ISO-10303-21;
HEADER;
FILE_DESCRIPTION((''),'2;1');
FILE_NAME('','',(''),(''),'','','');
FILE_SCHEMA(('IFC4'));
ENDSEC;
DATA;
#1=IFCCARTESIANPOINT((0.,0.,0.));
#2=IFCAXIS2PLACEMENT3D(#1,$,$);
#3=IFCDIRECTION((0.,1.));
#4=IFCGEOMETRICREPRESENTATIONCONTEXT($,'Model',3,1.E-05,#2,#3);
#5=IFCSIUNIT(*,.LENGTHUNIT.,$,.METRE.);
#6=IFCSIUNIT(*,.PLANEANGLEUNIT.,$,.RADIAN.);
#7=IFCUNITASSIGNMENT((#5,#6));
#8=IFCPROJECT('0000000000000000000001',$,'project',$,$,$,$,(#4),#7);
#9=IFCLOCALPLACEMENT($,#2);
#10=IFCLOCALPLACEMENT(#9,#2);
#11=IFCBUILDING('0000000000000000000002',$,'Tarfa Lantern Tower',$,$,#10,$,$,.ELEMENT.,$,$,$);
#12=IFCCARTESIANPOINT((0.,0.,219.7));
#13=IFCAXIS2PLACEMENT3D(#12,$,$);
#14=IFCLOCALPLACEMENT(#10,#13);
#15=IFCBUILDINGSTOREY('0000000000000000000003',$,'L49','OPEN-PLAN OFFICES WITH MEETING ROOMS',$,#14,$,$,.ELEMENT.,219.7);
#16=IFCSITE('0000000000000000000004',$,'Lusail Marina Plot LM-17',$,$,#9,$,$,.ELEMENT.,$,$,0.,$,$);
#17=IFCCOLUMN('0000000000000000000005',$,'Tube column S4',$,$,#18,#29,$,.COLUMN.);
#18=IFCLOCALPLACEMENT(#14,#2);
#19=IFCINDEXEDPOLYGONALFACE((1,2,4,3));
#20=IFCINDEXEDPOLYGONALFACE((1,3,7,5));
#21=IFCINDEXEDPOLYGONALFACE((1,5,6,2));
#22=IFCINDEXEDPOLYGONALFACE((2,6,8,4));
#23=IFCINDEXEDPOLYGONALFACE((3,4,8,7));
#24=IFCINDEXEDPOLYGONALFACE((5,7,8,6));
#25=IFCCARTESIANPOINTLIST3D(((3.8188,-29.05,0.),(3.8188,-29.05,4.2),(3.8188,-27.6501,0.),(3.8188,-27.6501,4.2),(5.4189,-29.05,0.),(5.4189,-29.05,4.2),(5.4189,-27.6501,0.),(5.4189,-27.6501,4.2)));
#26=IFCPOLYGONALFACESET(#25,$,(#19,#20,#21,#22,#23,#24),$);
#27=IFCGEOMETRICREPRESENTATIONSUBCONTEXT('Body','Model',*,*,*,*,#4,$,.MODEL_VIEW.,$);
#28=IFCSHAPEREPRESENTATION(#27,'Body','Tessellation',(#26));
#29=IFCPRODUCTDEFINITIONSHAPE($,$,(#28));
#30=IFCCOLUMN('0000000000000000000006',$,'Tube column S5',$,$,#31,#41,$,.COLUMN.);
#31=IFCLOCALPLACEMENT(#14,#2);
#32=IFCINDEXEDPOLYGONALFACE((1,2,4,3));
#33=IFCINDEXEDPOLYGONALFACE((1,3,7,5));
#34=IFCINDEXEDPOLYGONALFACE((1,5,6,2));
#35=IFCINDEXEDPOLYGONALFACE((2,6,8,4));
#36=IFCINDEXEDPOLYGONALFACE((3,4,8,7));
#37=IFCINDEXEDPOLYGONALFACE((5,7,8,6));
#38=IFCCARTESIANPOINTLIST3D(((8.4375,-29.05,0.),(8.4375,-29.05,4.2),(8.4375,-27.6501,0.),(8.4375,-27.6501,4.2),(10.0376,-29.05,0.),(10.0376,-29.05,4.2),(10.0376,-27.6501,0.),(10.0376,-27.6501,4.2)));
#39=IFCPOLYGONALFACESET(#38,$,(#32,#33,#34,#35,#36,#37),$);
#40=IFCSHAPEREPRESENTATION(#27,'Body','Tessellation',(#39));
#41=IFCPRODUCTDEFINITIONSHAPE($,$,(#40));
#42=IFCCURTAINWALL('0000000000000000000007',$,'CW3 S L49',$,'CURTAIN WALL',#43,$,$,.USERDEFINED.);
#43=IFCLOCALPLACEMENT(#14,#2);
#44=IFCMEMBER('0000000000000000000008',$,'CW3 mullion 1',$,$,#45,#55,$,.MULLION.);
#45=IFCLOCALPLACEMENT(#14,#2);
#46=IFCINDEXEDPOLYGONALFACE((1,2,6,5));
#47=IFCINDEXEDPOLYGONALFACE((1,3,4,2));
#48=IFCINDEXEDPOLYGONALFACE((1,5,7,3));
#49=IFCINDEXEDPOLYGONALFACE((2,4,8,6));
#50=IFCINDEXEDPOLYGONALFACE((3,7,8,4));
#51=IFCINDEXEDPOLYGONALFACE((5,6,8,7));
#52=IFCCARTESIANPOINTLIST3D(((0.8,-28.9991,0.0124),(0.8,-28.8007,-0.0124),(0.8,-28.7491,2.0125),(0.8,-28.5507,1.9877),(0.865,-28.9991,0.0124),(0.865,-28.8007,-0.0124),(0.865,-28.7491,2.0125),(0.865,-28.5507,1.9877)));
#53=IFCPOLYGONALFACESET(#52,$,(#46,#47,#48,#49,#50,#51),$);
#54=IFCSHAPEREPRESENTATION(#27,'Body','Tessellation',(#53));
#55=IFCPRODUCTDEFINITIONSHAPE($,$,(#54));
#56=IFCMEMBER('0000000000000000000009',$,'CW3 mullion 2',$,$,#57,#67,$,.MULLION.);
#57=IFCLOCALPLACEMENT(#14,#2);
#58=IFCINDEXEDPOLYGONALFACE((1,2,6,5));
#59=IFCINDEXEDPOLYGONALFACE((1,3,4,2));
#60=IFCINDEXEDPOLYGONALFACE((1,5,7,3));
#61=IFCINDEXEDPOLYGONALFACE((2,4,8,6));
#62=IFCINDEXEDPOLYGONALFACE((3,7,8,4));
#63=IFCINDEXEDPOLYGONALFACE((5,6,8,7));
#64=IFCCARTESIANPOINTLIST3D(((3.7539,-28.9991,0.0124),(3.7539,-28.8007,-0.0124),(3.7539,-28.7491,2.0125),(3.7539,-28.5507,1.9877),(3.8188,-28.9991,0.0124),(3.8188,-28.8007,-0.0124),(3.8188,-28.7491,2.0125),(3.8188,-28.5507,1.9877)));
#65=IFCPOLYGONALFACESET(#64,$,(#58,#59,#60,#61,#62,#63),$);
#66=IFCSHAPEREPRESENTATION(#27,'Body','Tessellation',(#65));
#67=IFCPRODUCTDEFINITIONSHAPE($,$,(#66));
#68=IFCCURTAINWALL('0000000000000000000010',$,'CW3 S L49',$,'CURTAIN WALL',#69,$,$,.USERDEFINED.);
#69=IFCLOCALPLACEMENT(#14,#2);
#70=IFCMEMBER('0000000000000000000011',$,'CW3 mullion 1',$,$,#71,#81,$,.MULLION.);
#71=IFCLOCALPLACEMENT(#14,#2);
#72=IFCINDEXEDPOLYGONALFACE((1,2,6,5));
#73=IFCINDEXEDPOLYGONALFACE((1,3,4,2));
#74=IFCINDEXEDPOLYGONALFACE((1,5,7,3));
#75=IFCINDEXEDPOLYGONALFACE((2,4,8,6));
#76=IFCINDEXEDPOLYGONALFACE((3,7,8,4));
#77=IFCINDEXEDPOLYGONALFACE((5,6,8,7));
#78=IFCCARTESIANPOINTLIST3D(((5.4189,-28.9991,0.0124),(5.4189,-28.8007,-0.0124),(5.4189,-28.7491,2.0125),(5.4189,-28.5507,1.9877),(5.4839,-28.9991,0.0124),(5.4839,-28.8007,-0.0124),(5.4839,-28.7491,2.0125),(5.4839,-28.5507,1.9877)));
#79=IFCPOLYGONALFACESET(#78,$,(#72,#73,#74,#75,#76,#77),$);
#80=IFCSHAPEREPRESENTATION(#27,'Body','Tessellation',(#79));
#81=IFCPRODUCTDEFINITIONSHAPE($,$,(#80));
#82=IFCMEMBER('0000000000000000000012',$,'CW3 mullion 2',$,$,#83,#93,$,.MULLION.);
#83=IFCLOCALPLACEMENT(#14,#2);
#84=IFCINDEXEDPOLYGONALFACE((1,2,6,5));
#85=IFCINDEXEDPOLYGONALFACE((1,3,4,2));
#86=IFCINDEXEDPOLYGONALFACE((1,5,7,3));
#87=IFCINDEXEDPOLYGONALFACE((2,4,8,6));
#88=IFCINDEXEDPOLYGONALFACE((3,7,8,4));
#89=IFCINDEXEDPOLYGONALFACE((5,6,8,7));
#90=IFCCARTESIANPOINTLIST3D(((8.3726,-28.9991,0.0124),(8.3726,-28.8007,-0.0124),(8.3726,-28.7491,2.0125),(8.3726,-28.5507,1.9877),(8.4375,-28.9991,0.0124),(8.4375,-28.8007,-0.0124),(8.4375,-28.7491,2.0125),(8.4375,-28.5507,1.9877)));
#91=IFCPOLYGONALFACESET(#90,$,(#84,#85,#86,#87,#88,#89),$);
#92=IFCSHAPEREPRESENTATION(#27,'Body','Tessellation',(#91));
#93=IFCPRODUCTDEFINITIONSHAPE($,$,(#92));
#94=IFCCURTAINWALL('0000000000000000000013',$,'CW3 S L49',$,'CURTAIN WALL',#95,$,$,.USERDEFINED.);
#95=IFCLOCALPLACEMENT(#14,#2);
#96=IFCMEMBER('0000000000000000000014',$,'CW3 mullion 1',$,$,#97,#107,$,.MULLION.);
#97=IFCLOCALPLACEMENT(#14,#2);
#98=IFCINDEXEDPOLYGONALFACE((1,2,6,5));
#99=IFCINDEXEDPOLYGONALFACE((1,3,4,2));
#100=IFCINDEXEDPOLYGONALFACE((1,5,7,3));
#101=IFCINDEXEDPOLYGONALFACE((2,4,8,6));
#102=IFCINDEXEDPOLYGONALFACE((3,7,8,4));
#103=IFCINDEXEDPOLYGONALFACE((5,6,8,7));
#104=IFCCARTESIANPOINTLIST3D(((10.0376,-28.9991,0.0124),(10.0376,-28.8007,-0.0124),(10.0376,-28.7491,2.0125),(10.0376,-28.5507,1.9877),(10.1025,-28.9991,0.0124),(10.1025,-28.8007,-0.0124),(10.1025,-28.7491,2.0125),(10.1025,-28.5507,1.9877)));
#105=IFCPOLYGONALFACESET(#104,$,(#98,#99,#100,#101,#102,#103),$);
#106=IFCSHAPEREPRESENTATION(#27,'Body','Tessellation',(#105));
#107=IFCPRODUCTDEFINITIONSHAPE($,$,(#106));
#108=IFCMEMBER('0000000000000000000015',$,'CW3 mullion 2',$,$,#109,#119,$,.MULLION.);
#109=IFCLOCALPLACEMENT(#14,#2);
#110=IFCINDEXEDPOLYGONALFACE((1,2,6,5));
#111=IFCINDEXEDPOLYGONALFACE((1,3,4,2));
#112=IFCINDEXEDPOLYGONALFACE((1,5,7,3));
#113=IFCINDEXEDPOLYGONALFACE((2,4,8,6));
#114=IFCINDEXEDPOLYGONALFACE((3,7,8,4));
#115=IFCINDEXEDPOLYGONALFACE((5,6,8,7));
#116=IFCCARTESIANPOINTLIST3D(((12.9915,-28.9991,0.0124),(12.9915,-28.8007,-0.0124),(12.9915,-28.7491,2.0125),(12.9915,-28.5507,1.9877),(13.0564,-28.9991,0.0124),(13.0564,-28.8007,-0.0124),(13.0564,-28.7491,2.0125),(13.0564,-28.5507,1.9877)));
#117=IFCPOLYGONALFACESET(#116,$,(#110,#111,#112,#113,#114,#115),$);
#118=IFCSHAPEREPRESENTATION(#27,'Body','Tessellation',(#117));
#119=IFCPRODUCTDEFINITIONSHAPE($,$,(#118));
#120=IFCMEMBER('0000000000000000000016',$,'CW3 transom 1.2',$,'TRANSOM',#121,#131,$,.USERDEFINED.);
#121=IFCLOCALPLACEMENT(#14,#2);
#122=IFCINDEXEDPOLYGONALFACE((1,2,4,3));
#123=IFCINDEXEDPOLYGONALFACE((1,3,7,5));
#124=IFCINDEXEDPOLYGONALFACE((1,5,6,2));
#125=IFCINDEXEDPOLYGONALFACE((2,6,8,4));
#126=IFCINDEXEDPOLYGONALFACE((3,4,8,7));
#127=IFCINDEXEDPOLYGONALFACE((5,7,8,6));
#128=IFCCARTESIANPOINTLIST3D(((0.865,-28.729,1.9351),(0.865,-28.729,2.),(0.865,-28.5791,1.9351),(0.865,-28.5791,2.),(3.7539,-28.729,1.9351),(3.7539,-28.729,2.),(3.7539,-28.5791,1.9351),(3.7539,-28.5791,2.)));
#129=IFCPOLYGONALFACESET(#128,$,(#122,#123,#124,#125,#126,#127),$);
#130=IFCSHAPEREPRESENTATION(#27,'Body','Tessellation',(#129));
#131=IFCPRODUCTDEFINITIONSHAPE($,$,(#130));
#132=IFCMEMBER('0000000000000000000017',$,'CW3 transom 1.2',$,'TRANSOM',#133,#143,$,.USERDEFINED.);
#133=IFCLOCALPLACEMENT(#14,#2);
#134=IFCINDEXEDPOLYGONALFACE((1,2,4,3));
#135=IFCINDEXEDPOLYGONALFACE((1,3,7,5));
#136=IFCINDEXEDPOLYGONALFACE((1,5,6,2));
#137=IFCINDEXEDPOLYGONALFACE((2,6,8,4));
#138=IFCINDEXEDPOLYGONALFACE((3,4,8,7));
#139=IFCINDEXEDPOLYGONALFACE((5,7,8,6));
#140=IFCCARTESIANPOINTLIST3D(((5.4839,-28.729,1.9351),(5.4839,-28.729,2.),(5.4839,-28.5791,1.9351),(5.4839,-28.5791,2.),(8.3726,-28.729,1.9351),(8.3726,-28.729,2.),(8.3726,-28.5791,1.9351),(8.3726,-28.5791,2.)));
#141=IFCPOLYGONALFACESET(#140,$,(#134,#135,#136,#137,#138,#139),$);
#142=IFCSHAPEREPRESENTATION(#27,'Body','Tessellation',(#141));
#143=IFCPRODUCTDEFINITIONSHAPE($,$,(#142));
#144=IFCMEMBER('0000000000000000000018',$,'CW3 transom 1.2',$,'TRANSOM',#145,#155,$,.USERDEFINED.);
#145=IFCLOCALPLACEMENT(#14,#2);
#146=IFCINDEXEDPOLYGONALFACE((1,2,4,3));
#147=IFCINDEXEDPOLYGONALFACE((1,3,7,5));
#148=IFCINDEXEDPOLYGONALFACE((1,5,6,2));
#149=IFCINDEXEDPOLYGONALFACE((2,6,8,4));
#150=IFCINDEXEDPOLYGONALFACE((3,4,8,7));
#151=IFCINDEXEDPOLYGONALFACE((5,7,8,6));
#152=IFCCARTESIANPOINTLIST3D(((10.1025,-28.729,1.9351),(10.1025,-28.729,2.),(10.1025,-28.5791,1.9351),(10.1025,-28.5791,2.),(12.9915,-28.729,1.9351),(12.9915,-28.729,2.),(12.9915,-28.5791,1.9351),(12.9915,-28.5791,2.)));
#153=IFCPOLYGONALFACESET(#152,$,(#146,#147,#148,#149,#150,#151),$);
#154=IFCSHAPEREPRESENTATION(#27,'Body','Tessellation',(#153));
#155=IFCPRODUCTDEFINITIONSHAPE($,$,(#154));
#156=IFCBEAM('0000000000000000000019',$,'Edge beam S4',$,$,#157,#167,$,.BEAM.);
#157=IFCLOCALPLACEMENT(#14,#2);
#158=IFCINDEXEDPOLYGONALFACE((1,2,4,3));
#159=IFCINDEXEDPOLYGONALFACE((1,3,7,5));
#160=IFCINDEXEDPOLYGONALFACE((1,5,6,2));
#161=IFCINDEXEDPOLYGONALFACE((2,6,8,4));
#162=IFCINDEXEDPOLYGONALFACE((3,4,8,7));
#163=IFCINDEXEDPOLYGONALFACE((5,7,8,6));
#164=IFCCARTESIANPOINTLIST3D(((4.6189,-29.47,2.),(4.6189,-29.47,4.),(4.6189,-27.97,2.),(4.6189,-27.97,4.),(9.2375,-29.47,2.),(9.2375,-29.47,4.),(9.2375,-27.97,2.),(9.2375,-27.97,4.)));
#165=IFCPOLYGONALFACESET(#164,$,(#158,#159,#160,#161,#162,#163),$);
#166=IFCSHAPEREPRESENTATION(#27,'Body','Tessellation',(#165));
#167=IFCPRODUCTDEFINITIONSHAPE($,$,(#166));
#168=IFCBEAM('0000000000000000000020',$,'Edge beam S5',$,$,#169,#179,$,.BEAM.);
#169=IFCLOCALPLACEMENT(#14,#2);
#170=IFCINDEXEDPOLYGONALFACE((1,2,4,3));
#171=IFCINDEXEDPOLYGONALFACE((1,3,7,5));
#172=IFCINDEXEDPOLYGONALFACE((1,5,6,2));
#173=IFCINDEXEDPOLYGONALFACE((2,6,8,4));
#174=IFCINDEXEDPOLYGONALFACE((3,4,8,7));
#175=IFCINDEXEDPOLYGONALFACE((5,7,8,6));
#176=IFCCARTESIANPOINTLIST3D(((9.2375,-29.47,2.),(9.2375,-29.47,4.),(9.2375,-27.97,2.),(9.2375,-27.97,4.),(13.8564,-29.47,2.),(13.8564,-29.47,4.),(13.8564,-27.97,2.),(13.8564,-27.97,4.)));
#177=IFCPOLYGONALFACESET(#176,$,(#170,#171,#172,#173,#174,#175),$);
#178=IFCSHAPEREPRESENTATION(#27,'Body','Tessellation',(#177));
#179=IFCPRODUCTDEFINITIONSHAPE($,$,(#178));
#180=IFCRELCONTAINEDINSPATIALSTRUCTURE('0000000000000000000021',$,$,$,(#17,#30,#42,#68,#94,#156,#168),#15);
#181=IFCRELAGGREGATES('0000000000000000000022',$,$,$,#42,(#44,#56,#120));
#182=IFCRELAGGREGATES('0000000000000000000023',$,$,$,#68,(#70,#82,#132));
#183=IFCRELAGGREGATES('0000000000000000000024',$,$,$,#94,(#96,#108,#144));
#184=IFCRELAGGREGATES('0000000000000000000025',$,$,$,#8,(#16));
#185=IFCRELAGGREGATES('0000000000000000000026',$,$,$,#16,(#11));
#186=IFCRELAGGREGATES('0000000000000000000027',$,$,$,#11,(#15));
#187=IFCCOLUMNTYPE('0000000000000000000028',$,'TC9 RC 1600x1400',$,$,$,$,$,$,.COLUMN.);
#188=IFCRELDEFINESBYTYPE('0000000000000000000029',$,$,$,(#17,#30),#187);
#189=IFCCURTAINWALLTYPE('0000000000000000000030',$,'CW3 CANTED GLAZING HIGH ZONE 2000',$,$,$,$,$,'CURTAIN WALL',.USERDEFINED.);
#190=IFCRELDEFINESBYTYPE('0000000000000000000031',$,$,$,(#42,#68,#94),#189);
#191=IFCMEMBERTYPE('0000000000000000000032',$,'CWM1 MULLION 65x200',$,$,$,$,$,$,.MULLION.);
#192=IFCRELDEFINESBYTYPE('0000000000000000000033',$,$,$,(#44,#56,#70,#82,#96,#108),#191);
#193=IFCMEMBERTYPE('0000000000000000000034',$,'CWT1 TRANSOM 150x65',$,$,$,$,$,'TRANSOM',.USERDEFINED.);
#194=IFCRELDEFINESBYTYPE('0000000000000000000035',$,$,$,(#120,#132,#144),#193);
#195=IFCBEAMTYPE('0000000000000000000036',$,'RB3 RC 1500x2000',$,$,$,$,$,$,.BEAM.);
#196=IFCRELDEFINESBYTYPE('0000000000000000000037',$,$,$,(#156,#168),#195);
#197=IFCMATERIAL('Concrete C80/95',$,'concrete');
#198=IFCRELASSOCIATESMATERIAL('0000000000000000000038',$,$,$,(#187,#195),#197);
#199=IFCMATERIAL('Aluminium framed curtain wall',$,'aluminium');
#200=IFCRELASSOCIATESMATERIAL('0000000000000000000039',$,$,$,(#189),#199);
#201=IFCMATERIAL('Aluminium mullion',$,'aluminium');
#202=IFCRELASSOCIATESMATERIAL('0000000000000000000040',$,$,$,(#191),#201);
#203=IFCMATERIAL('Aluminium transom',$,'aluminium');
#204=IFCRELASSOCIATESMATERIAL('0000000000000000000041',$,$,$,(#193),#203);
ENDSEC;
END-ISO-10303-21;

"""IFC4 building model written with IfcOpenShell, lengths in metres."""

from ifc_helpers import new_model, si_unit, direction, frame, origin, origin_2d, place, context, subcontext, project, spatial, rectangle, extrude, material, material_profile, profile_set, type_object, element, aggregate, save


model = new_model("IFC4")

# Units and contexts
model_context = context("Model", 3, precision=1e-05, world=origin(), true_north=direction((0.0, 1.0)))
body_context = subcontext(model_context, "Body", "Model", "MODEL_VIEW")
ifc_project = project(units=[si_unit("LENGTHUNIT", "METRE"), si_unit("PLANEANGLEUNIT", "RADIAN")], contexts=[model_context])

# Site, building, storey
site_placement = place(None, origin())
site = spatial("IfcSite", under=ifc_project, at=site_placement, Name="Lusail Marina Plot LM-17", CompositionType="ELEMENT", RefElevation=0.0)
building_placement = place(site_placement, origin())
building = spatial("IfcBuilding", under=site, at=building_placement, Name="Tarfa Lantern Tower", CompositionType="ELEMENT")
storey_placement = place(building_placement, frame((0.0, 0.0, 219.7)))
storey = spatial("IfcBuildingStorey", under=building, at=storey_placement, Name="L49", Description="OPEN-PLAN OFFICES WITH MEETING ROOMS", CompositionType="ELEMENT", Elevation=219.7)

# Columns
ifc_material_1 = material(Name="Concrete C80/95", Category="concrete")
ifc_material_profile_1 = material_profile(ifc_material_1, rectangle(XDim=1.6001, YDim=1.3999, at=origin_2d()), Name="RC 1600x1400")
ifc_profile_set_1 = profile_set([ifc_material_profile_1], Name="Concrete C80/95")
column_type = type_object("IfcColumnType", Name="TC9 RC 1600x1400", PredefinedType="COLUMN", material=ifc_profile_set_1)
for number, where, z_axis, x_axis, name in (
    (1, (4.6189, -28.3501, 0.0), (0.0, 0.0, 1.0), (1.0, 0.0, 0.0), "Tube column S4"),
    (2, (9.2375, -28.3501, 0.0), (0.0, 0.0, 1.0), (1.0, 0.0, 0.0), "Tube column S5"),
):
    element("IfcColumn", number, at=place(storey_placement, frame(where, z_axis=z_axis, x_axis=x_axis)), inside=storey, type_object=column_type, Name=name, PredefinedType="COLUMN", context=body_context, shape_type="SweptSolid", body=[
        extrude(rectangle(XDim=1.6001, YDim=1.3999, at=origin_2d()), origin(), (0.0, 0.0, 1.0), 4.2),
    ])

# Curtain walls, members
ifc_material_2 = material(Name="Aluminium framed curtain wall", Category="aluminium")
curtain_wall_type = type_object("IfcCurtainWallType", Name="CW3 CANTED GLAZING HIGH ZONE 2000", ElementType="CURTAIN WALL", PredefinedType="USERDEFINED", material=ifc_material_2)
curtain_wall_1_placement = place(storey_placement, origin())
curtain_wall_1 = element("IfcCurtainWall", 3, at=curtain_wall_1_placement, inside=storey, type_object=curtain_wall_type, Name="CW3 S L49", ObjectType="CURTAIN WALL", PredefinedType="USERDEFINED")
ifc_material_3 = material(Name="Aluminium mullion", Category="aluminium")
ifc_material_profile_2 = material_profile(ifc_material_3, rectangle(XDim=0.0649, YDim=0.2, at=origin_2d()), Name="AL MULLION 65x200")
ifc_profile_set_2 = profile_set([ifc_material_profile_2], Name="Aluminium mullion")
member_type_1 = type_object("IfcMemberType", Name="CWM1 MULLION 65x200", PredefinedType="MULLION", material=ifc_profile_set_2)
member_1_placement = place(storey_placement, frame((0.8325, -28.8999, 0.0), z_axis=(0.0, 0.124035, 0.992278), x_axis=(-1.0, 0.0, 0.0)))
member_1 = element("IfcMember", 4, at=member_1_placement, type_object=member_type_1, Name="CW3 mullion 1", PredefinedType="MULLION", context=body_context, shape_type="SweptSolid", body=[
    extrude(rectangle(XDim=0.0649, YDim=0.2, at=origin_2d()), origin(), (0.0, 0.0, 1.0), 2.0156),
])
member_2_placement = place(storey_placement, frame((3.7864, -28.8999, 0.0), z_axis=(0.0, 0.124035, 0.992278), x_axis=(-1.0, 0.0, 0.0)))
member_2 = element("IfcMember", 5, at=member_2_placement, type_object=member_type_1, Name="CW3 mullion 2", PredefinedType="MULLION", context=body_context, shape_type="SweptSolid", body=[
    extrude(rectangle(XDim=0.0649, YDim=0.2, at=origin_2d()), origin(), (0.0, 0.0, 1.0), 2.0156),
])
curtain_wall_2_placement = place(storey_placement, origin())
curtain_wall_2 = element("IfcCurtainWall", 6, at=curtain_wall_2_placement, inside=storey, type_object=curtain_wall_type, Name="CW3 S L49", ObjectType="CURTAIN WALL", PredefinedType="USERDEFINED")
member_3_placement = place(storey_placement, frame((5.4514, -28.8999, 0.0), z_axis=(0.0, 0.124035, 0.992278), x_axis=(-1.0, 0.0, 0.0)))
member_3 = element("IfcMember", 7, at=member_3_placement, type_object=member_type_1, Name="CW3 mullion 1", PredefinedType="MULLION", context=body_context, shape_type="SweptSolid", body=[
    extrude(rectangle(XDim=0.0649, YDim=0.2, at=origin_2d()), origin(), (0.0, 0.0, 1.0), 2.0156),
])
member_4_placement = place(storey_placement, frame((8.405, -28.8999, 0.0), z_axis=(0.0, 0.124035, 0.992278), x_axis=(-1.0, 0.0, 0.0)))
member_4 = element("IfcMember", 8, at=member_4_placement, type_object=member_type_1, Name="CW3 mullion 2", PredefinedType="MULLION", context=body_context, shape_type="SweptSolid", body=[
    extrude(rectangle(XDim=0.0649, YDim=0.2, at=origin_2d()), origin(), (0.0, 0.0, 1.0), 2.0156),
])
curtain_wall_3_placement = place(storey_placement, origin())
curtain_wall_3 = element("IfcCurtainWall", 9, at=curtain_wall_3_placement, inside=storey, type_object=curtain_wall_type, Name="CW3 S L49", ObjectType="CURTAIN WALL", PredefinedType="USERDEFINED")
member_5_placement = place(storey_placement, frame((10.0701, -28.8999, 0.0), z_axis=(0.0, 0.124035, 0.992278), x_axis=(-1.0, 0.0, 0.0)))
member_5 = element("IfcMember", 10, at=member_5_placement, type_object=member_type_1, Name="CW3 mullion 1", PredefinedType="MULLION", context=body_context, shape_type="SweptSolid", body=[
    extrude(rectangle(XDim=0.0649, YDim=0.2, at=origin_2d()), origin(), (0.0, 0.0, 1.0), 2.0156),
])
member_6_placement = place(storey_placement, frame((13.0239, -28.8999, 0.0), z_axis=(0.0, 0.124035, 0.992278), x_axis=(-1.0, 0.0, 0.0)))
member_6 = element("IfcMember", 11, at=member_6_placement, type_object=member_type_1, Name="CW3 mullion 2", PredefinedType="MULLION", context=body_context, shape_type="SweptSolid", body=[
    extrude(rectangle(XDim=0.0649, YDim=0.2, at=origin_2d()), origin(), (0.0, 0.0, 1.0), 2.0156),
])

# Members
ifc_material_4 = material(Name="Aluminium transom", Category="aluminium")
ifc_material_profile_3 = material_profile(ifc_material_4, rectangle(XDim=0.1499, YDim=0.0649, at=origin_2d()), Name="AL TRANSOM 150x65")
ifc_profile_set_3 = profile_set([ifc_material_profile_3], Name="Aluminium transom")
member_type_2 = type_object("IfcMemberType", Name="CWT1 TRANSOM 150x65", ElementType="TRANSOM", PredefinedType="USERDEFINED", material=ifc_profile_set_3)
member_7_placement = place(storey_placement, frame((0.865, -28.6541, 1.9675), z_axis=(1.0, 0.0, 0.0), x_axis=(0.0, 1.0, 0.0)))
member_7 = element("IfcMember", 12, at=member_7_placement, type_object=member_type_2, Name="CW3 transom 1.2", ObjectType="TRANSOM", PredefinedType="USERDEFINED", context=body_context, shape_type="SweptSolid", body=[
    extrude(rectangle(XDim=0.1499, YDim=0.0649, at=origin_2d()), origin(), (0.0, 0.0, 1.0), 2.8889),
])
member_8_placement = place(storey_placement, frame((5.4839, -28.6541, 1.9675), z_axis=(1.0, 0.0, 0.0), x_axis=(0.0, 1.0, 0.0)))
member_8 = element("IfcMember", 13, at=member_8_placement, type_object=member_type_2, Name="CW3 transom 1.2", ObjectType="TRANSOM", PredefinedType="USERDEFINED", context=body_context, shape_type="SweptSolid", body=[
    extrude(rectangle(XDim=0.1499, YDim=0.0649, at=origin_2d()), origin(), (0.0, 0.0, 1.0), 2.8887),
])
member_9_placement = place(storey_placement, frame((10.1025, -28.6541, 1.9675), z_axis=(1.0, 0.0, 0.0), x_axis=(0.0, 1.0, 0.0)))
member_9 = element("IfcMember", 14, at=member_9_placement, type_object=member_type_2, Name="CW3 transom 1.2", ObjectType="TRANSOM", PredefinedType="USERDEFINED", context=body_context, shape_type="SweptSolid", body=[
    extrude(rectangle(XDim=0.1499, YDim=0.0649, at=origin_2d()), origin(), (0.0, 0.0, 1.0), 2.8889),
])

# Beams
ifc_material_profile_4 = material_profile(ifc_material_1, rectangle(XDim=1.5, YDim=2.0, at=origin_2d()), Name="RC 1500x2000")
ifc_profile_set_4 = profile_set([ifc_material_profile_4], Name="Concrete C80/95")
beam_type_1 = type_object("IfcBeamType", Name="RB3 RC 1500x2000", PredefinedType="BEAM", material=ifc_profile_set_4)
beam_1_placement = place(storey_placement, frame((4.6189, -28.72, 3.0), z_axis=(1.0, 0.0, 0.0), x_axis=(0.0, 1.0, 0.0)))
element("IfcBeam", 15, at=beam_1_placement, inside=storey, type_object=beam_type_1, Name="Edge beam S4", PredefinedType="BEAM", context=body_context, shape_type="SweptSolid", body=[
    extrude(rectangle(XDim=1.5, YDim=2.0, at=origin_2d()), origin(), (0.0, 0.0, 1.0), 4.6187),
])
beam_2_placement = place(storey_placement, frame((9.2375, -28.72, 3.0), z_axis=(1.0, 0.0, 0.0), x_axis=(0.0, 1.0, 0.0)))
element("IfcBeam", 16, at=beam_2_placement, inside=storey, type_object=beam_type_1, Name="Edge beam S5", PredefinedType="BEAM", context=body_context, shape_type="SweptSolid", body=[
    extrude(rectangle(XDim=1.5, YDim=2.0, at=origin_2d()), origin(), (0.0, 0.0, 1.0), 4.6189),
])

aggregate(curtain_wall_1, [member_1, member_2, member_7])
aggregate(curtain_wall_2, [member_3, member_4, member_8])
aggregate(curtain_wall_3, [member_5, member_6, member_9])

save(model, "model.ifc")
